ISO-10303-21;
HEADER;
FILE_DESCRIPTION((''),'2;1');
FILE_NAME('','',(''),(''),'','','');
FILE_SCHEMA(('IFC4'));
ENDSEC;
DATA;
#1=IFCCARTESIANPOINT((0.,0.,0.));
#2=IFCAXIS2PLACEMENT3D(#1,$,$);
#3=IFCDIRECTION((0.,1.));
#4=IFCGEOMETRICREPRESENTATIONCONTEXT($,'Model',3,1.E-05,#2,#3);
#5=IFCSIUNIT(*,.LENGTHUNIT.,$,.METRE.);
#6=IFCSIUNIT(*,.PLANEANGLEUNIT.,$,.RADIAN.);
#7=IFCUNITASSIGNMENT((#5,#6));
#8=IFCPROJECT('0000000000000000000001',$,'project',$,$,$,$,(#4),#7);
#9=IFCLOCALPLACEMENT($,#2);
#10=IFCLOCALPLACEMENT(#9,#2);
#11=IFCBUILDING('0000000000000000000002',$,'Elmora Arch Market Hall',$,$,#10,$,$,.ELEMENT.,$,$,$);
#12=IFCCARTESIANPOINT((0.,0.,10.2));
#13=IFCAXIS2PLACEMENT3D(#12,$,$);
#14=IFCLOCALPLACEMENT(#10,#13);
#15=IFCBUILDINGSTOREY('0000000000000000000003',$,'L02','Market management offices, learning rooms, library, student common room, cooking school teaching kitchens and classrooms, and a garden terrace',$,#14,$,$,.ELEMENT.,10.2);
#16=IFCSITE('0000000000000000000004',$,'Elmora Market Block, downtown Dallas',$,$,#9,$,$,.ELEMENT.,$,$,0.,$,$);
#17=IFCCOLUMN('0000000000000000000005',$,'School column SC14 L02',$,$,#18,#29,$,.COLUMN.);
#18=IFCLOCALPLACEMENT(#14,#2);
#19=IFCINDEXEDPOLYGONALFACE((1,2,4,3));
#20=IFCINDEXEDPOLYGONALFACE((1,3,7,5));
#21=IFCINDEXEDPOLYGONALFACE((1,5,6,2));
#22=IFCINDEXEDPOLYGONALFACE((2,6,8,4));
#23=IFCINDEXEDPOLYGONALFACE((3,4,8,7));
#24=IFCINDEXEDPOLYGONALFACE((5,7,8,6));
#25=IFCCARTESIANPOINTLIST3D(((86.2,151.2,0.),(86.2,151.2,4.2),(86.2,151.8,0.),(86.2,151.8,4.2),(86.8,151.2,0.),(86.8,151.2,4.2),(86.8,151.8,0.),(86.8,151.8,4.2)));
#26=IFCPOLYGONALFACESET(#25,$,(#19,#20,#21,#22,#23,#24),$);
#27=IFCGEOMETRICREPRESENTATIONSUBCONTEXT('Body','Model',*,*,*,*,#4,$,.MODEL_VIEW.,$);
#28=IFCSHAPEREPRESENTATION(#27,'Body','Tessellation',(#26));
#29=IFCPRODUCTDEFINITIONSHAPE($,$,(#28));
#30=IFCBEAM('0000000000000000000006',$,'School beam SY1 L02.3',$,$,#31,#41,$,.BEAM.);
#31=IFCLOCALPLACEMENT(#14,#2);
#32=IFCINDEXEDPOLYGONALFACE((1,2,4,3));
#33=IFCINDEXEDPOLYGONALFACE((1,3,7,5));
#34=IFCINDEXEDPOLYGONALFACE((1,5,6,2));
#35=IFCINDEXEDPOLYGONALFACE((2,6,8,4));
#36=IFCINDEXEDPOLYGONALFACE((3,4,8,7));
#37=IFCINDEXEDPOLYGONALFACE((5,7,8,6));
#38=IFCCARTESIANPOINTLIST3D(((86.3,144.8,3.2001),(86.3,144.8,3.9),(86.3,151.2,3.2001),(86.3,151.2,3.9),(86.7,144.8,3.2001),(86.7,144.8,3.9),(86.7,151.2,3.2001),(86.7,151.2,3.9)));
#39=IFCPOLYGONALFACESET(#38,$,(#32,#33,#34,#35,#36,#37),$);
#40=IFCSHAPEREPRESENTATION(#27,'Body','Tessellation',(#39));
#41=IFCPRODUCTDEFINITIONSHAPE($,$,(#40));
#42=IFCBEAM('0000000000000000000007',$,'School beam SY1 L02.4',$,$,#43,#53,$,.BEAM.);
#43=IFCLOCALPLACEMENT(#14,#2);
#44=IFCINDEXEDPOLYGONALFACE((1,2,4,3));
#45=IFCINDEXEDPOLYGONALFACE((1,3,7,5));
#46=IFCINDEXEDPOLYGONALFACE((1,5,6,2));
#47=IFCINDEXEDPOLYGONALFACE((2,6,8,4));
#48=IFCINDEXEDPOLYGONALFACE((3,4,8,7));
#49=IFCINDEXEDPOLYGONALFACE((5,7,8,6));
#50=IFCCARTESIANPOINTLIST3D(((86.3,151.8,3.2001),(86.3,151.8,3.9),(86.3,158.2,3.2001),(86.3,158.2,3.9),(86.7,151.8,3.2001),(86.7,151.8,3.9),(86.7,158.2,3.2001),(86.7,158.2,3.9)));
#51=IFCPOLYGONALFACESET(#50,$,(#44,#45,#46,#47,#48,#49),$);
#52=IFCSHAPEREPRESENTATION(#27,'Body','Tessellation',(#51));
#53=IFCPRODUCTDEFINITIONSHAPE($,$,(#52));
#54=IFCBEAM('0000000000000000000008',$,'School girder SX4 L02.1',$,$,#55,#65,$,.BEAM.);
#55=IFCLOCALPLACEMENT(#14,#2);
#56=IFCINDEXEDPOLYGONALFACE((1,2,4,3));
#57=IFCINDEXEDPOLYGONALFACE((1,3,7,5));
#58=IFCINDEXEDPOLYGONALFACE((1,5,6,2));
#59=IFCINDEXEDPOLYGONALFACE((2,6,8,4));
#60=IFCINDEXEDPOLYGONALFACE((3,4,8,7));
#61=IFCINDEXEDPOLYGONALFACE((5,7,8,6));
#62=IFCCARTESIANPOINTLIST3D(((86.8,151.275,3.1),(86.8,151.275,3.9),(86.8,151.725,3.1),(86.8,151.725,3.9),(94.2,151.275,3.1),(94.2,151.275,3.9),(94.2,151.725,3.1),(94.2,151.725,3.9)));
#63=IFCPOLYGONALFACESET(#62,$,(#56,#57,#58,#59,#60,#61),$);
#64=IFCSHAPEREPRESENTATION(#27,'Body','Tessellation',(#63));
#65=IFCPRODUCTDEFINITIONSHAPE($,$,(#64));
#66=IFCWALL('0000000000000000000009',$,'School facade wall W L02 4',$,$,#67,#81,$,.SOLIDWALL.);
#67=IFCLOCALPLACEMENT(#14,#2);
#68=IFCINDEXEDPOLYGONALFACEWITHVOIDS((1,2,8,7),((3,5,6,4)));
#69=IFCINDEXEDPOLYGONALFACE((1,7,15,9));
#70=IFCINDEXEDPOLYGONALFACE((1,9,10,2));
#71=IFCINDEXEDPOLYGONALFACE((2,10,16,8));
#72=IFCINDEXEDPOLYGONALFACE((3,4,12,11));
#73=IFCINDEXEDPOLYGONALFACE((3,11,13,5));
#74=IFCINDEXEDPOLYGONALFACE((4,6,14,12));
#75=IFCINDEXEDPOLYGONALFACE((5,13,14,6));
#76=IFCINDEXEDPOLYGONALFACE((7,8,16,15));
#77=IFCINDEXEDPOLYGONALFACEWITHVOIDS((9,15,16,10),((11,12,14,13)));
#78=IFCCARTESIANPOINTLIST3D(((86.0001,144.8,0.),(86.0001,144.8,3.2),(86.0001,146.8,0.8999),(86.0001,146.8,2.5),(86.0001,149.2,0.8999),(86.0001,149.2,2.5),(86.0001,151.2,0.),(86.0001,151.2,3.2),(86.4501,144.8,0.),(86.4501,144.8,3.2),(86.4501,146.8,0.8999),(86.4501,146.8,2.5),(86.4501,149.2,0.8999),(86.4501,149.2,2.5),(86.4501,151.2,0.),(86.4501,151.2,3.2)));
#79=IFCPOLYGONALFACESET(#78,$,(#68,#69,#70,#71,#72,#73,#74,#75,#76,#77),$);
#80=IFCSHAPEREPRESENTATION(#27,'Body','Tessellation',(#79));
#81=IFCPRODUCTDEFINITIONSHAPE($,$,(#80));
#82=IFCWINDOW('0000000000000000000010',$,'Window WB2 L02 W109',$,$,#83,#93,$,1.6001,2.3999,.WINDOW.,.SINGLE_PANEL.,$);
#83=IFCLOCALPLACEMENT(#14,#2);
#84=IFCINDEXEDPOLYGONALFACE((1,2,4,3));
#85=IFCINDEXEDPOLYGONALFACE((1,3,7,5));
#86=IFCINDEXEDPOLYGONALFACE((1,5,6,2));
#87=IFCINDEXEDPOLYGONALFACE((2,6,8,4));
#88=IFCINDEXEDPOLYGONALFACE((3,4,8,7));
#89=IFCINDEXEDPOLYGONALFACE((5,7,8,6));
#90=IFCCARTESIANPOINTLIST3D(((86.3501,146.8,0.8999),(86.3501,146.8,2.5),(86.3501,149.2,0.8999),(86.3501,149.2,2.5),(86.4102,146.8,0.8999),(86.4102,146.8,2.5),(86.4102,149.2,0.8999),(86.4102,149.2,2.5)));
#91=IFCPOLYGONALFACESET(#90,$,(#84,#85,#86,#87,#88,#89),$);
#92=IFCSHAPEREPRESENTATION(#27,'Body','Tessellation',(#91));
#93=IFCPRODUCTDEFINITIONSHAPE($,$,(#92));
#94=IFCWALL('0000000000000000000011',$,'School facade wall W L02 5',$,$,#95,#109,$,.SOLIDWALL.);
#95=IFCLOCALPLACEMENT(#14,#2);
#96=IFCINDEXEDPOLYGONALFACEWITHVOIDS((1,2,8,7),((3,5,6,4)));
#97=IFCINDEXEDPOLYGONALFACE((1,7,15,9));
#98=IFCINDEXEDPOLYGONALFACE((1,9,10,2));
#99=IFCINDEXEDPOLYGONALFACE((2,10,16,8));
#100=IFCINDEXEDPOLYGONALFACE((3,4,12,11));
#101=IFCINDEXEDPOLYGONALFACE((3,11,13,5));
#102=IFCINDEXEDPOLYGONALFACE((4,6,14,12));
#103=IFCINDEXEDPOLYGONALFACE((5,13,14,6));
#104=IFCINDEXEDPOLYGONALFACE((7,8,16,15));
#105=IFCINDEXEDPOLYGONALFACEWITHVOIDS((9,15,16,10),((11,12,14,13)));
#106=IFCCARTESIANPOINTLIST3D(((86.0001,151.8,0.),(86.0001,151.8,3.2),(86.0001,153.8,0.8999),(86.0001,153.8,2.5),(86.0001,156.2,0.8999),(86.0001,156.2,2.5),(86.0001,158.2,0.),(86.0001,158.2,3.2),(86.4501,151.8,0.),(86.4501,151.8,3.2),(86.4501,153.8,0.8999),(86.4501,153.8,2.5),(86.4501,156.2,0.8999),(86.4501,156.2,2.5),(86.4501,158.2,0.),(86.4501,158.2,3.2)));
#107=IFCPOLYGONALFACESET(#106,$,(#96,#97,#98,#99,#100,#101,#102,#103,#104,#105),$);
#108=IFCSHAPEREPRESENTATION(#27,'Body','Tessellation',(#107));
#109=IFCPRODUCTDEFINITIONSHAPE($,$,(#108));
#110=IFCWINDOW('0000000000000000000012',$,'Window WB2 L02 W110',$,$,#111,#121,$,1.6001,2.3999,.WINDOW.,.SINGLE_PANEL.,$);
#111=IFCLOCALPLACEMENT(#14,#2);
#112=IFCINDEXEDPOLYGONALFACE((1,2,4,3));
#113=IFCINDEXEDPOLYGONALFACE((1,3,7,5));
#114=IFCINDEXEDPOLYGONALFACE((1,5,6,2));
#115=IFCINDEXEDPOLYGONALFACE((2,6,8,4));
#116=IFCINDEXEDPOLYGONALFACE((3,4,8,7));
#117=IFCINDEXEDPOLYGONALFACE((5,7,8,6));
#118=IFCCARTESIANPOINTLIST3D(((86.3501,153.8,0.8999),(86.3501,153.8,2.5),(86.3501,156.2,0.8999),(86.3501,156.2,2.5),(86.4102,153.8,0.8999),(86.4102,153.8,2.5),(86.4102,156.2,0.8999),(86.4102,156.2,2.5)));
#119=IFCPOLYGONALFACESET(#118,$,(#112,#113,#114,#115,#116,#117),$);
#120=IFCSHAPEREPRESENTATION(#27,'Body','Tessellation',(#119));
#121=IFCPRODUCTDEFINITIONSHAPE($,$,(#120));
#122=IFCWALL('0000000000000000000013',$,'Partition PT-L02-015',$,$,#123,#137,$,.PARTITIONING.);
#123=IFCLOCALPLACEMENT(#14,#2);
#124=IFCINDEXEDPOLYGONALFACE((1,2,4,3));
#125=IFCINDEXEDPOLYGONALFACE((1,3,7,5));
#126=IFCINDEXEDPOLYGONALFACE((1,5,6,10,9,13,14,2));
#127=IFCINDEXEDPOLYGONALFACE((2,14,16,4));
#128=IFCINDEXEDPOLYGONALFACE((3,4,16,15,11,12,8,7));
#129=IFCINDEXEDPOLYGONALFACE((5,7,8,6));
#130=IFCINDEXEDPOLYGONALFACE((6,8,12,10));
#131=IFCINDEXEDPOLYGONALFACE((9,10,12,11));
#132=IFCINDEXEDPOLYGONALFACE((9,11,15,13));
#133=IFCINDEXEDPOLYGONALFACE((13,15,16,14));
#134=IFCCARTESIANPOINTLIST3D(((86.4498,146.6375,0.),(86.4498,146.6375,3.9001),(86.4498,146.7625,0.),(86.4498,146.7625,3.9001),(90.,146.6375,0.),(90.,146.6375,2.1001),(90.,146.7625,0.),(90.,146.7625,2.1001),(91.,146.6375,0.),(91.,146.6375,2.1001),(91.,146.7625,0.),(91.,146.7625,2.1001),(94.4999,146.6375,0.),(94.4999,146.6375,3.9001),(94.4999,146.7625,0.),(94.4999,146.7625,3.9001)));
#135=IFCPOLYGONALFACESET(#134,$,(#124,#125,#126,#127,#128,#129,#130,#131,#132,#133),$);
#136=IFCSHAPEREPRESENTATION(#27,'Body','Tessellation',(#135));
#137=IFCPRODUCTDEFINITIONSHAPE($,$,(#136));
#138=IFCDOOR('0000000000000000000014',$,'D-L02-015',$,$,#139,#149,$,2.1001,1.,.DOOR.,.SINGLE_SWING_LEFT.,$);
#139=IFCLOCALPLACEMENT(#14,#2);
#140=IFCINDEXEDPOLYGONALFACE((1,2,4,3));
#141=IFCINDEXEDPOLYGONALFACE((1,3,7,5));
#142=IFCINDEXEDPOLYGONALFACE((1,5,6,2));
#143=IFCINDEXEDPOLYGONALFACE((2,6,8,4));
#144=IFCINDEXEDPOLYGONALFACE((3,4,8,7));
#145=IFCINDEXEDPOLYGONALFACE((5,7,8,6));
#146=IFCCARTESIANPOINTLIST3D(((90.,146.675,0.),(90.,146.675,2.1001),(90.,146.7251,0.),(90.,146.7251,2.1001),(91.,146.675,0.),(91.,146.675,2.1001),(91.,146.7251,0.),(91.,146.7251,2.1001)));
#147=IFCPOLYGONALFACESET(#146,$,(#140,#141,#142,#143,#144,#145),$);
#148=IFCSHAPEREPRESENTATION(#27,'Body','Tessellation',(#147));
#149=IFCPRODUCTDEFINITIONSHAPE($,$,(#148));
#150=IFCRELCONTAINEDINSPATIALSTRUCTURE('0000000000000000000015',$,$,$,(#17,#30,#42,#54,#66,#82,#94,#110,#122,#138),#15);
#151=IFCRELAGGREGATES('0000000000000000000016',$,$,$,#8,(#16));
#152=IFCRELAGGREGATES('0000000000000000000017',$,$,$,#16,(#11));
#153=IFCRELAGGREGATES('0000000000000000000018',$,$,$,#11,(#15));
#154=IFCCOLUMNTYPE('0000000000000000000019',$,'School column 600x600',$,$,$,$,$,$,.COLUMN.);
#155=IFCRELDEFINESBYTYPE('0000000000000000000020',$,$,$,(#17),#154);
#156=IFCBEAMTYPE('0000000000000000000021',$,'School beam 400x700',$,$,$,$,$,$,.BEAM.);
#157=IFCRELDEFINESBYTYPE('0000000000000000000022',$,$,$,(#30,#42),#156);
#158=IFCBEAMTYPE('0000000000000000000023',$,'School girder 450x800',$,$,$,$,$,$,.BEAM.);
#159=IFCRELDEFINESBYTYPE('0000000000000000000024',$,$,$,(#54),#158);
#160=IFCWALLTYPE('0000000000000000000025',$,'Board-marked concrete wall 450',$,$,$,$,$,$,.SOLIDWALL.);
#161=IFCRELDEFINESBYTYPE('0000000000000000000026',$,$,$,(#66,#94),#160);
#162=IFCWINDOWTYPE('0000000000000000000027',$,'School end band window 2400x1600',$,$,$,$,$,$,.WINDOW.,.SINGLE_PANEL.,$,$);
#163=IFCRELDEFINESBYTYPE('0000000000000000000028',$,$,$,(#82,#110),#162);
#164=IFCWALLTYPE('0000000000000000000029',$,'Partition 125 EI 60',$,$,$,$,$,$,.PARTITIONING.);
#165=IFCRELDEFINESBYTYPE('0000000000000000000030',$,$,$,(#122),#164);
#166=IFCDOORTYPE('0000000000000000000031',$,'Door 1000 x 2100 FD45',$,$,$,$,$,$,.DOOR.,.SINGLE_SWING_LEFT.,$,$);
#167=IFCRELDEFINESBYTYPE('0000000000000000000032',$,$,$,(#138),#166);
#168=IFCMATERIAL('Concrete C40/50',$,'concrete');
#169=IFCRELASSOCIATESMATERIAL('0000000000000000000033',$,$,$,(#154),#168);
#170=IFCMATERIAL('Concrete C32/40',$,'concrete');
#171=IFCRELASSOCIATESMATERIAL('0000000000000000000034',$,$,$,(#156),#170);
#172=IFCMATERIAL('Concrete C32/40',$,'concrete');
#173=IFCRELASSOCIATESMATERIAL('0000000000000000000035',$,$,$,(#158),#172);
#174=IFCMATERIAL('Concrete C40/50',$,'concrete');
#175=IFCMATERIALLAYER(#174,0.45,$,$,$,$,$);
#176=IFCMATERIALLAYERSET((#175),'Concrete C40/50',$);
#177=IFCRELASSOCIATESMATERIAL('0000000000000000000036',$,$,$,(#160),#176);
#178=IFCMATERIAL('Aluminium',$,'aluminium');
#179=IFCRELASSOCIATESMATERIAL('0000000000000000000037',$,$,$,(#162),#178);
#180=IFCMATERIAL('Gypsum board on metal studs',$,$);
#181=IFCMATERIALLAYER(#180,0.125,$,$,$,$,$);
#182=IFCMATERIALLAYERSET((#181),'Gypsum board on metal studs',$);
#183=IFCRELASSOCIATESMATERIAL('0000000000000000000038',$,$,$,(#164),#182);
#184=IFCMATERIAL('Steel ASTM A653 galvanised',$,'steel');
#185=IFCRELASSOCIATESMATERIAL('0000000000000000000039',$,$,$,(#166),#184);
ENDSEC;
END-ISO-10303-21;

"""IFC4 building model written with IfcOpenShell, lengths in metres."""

from ifc_helpers import new_model, si_unit, direction, frame, frame_2d, origin, origin_2d, place, context, subcontext, project, spatial, rectangle, extrude, material, layer, layer_set, material_profile, profile_set, type_object, element, fill, save


model = new_model("IFC4")

# Units and contexts
model_context = context("Model", 3, precision=1e-05, world=origin(), true_north=direction((0.0, 1.0)))
body_context = subcontext(model_context, "Body", "Model", "MODEL_VIEW")
ifc_project = project(units=[si_unit("LENGTHUNIT", "METRE"), si_unit("PLANEANGLEUNIT", "RADIAN")], contexts=[model_context])

# Site, building, storey
site_placement = place(None, origin())
site = spatial("IfcSite", under=ifc_project, at=site_placement, Name="Elmora Market Block, downtown Dallas", CompositionType="ELEMENT", RefElevation=0.0)
building_placement = place(site_placement, origin())
building = spatial("IfcBuilding", under=site, at=building_placement, Name="Elmora Arch Market Hall", CompositionType="ELEMENT")
storey_placement = place(building_placement, frame((0.0, 0.0, 10.2)))
storey = spatial("IfcBuildingStorey", under=building, at=storey_placement, Name="L02", Description="Market management offices, learning rooms, library, student common room, cooking school teaching kitchens and classrooms, and a garden terrace", CompositionType="ELEMENT", Elevation=10.2)

# Column
ifc_material_1 = material(Name="Concrete C40/50", Category="concrete")
ifc_material_profile_1 = material_profile(ifc_material_1, rectangle(XDim=0.6001, YDim=0.6001, at=origin_2d()), Name="School column 600x600")
ifc_profile_set_1 = profile_set([ifc_material_profile_1], Name="Concrete C40/50")
column_type = type_object("IfcColumnType", Name="School column 600x600", PredefinedType="COLUMN", material=ifc_profile_set_1)
column_placement = place(storey_placement, frame((86.5, 151.5, 0.0), z_axis=(0.0, 0.0, 1.0), x_axis=(1.0, 0.0, 0.0)))
element("IfcColumn", 1, at=column_placement, inside=storey, type_object=column_type, Name="School column SC14 L02", PredefinedType="COLUMN", context=body_context, shape_type="SweptSolid", body=[
    extrude(rectangle(XDim=0.6001, YDim=0.6001, at=origin_2d()), origin(), (0.0, 0.0, 1.0), 4.2),
])

# Beams
ifc_material_2 = material(Name="Concrete C32/40", Category="concrete")
ifc_material_profile_2 = material_profile(ifc_material_2, rectangle(XDim=0.3999, YDim=0.7, at=origin_2d()), Name="School beam 400x700")
ifc_profile_set_2 = profile_set([ifc_material_profile_2], Name="Concrete C32/40")
beam_type_1 = type_object("IfcBeamType", Name="School beam 400x700", PredefinedType="BEAM", material=ifc_profile_set_2)
for number, where, z_axis, x_axis, name in (
    (2, (86.5, 144.8, 3.55), (0.0, 1.0, 0.0), (-1.0, 0.0, 0.0), "School beam SY1 L02.3"),
    (3, (86.5, 151.8, 3.55), (0.0, 1.0, 0.0), (-1.0, 0.0, 0.0), "School beam SY1 L02.4"),
):
    element("IfcBeam", number, at=place(storey_placement, frame(where, z_axis=z_axis, x_axis=x_axis)), inside=storey, type_object=beam_type_1, Name=name, PredefinedType="BEAM", context=body_context, shape_type="SweptSolid", body=[
        extrude(rectangle(XDim=0.3999, YDim=0.7, at=origin_2d()), origin(), (0.0, 0.0, 1.0), 6.3999),
    ])
ifc_material_3 = material(Name="Concrete C32/40", Category="concrete")
ifc_material_profile_3 = material_profile(ifc_material_3, rectangle(XDim=0.45, YDim=0.8, at=origin_2d()), Name="School girder 450x800")
ifc_profile_set_3 = profile_set([ifc_material_profile_3], Name="Concrete C32/40")
beam_type_2 = type_object("IfcBeamType", Name="School girder 450x800", PredefinedType="BEAM", material=ifc_profile_set_3)
beam_placement = place(storey_placement, frame((86.8, 151.5, 3.5), z_axis=(1.0, 0.0, 0.0), x_axis=(0.0, 1.0, 0.0)))
element("IfcBeam", 4, at=beam_placement, inside=storey, type_object=beam_type_2, Name="School girder SX4 L02.1", PredefinedType="BEAM", context=body_context, shape_type="SweptSolid", body=[
    extrude(rectangle(XDim=0.45, YDim=0.8, at=origin_2d()), origin(), (0.0, 0.0, 1.0), 7.3999),
])

# Walls, openings, windows
ifc_material_4 = material(Name="Concrete C40/50", Category="concrete")
ifc_layer_1 = layer(ifc_material_4, 0.45)
ifc_layer_set_1 = layer_set([ifc_layer_1], Name="Concrete C40/50")
wall_type_1 = type_object("IfcWallType", Name="Board-marked concrete wall 450", PredefinedType="SOLIDWALL", material=ifc_layer_set_1)
wall_1_placement = place(storey_placement, frame((86.2251, 144.8, 0.0), z_axis=(0.0, 0.0, 1.0), x_axis=(0.0, 1.0, 0.0)))
wall_1 = element("IfcWall", 5, at=wall_1_placement, inside=storey, type_object=wall_type_1, Name="School facade wall W L02 4", PredefinedType="SOLIDWALL", context=body_context, shape_type="SweptSolid", body=[
    extrude(rectangle(XDim=6.3999, YDim=0.45, at=frame_2d((3.2, 0.0))), origin(), (0.0, 0.0, 1.0), 3.2),
])
opening_1_placement = place(wall_1_placement, frame((2.0, 0.0, 0.8999)))
opening_1 = element("IfcOpeningElement", 6, at=opening_1_placement, cuts=wall_1, PredefinedType="OPENING", context=body_context, shape_type="SweptSolid", body=[
    extrude(rectangle(XDim=2.3999, YDim=1.6001, at=frame_2d((1.2, 0.8))), frame((0.0, 0.2349, 0.0), z_axis=(0.0, -1.0, 0.0), x_axis=(1.0, 0.0, 0.0)), (0.0, 0.0, 1.0), 0.47),
])
ifc_material_5 = material(Name="Aluminium", Category="aluminium")
window_type = type_object("IfcWindowType", Name="School end band window 2400x1600", PartitioningType="SINGLE_PANEL", PredefinedType="WINDOW", material=ifc_material_5)
window_1_placement = place(opening_1_placement, origin())
window_1 = element("IfcWindow", 7, at=window_1_placement, inside=storey, type_object=window_type, Name="Window WB2 L02 W109", OverallHeight=1.6001, OverallWidth=2.3999, PartitioningType="SINGLE_PANEL", PredefinedType="WINDOW", context=body_context, shape_type="SweptSolid", body=[
    extrude(rectangle(XDim=2.3999, YDim=1.6001, at=frame_2d((1.2, 0.8))), frame((0.0, -0.125, 0.0), z_axis=(0.0, -1.0, 0.0), x_axis=(1.0, 0.0, 0.0)), (0.0, 0.0, 1.0), 0.0601),
])
fill(opening_1, window_1)
wall_2_placement = place(storey_placement, frame((86.2251, 151.8, 0.0), z_axis=(0.0, 0.0, 1.0), x_axis=(0.0, 1.0, 0.0)))
wall_2 = element("IfcWall", 8, at=wall_2_placement, inside=storey, type_object=wall_type_1, Name="School facade wall W L02 5", PredefinedType="SOLIDWALL", context=body_context, shape_type="SweptSolid", body=[
    extrude(rectangle(XDim=6.3999, YDim=0.45, at=frame_2d((3.2, 0.0))), origin(), (0.0, 0.0, 1.0), 3.2),
])
opening_2_placement = place(wall_2_placement, frame((2.0, 0.0, 0.8999)))
opening_2 = element("IfcOpeningElement", 9, at=opening_2_placement, cuts=wall_2, PredefinedType="OPENING", context=body_context, shape_type="SweptSolid", body=[
    extrude(rectangle(XDim=2.3999, YDim=1.6001, at=frame_2d((1.2, 0.8))), frame((0.0, 0.2349, 0.0), z_axis=(0.0, -1.0, 0.0), x_axis=(1.0, 0.0, 0.0)), (0.0, 0.0, 1.0), 0.47),
])
window_2_placement = place(opening_2_placement, origin())
window_2 = element("IfcWindow", 10, at=window_2_placement, inside=storey, type_object=window_type, Name="Window WB2 L02 W110", OverallHeight=1.6001, OverallWidth=2.3999, PartitioningType="SINGLE_PANEL", PredefinedType="WINDOW", context=body_context, shape_type="SweptSolid", body=[
    extrude(rectangle(XDim=2.3999, YDim=1.6001, at=frame_2d((1.2, 0.8))), frame((0.0, -0.125, 0.0), z_axis=(0.0, -1.0, 0.0), x_axis=(1.0, 0.0, 0.0)), (0.0, 0.0, 1.0), 0.0601),
])
fill(opening_2, window_2)

# Wall, opening, door
ifc_material_6 = material(Name="Gypsum board on metal studs")
ifc_layer_2 = layer(ifc_material_6, 0.125)
ifc_layer_set_2 = layer_set([ifc_layer_2], Name="Gypsum board on metal studs")
wall_type_2 = type_object("IfcWallType", Name="Partition 125 EI 60", PredefinedType="PARTITIONING", material=ifc_layer_set_2)
wall_3_placement = place(storey_placement, frame((86.45, 146.7, 0.0), z_axis=(0.0, 0.0, 1.0), x_axis=(1.0, 0.0, 0.0)))
wall_3 = element("IfcWall", 11, at=wall_3_placement, inside=storey, type_object=wall_type_2, Name="Partition PT-L02-015", PredefinedType="PARTITIONING", context=body_context, shape_type="SweptSolid", body=[
    extrude(rectangle(XDim=8.05, YDim=0.125, at=frame_2d((4.0249, 0.0))), origin(), (0.0, 0.0, 1.0), 3.9001),
])
opening_3_placement = place(wall_3_placement, frame((3.55, 0.0, 0.0)))
opening_3 = element("IfcOpeningElement", 12, at=opening_3_placement, cuts=wall_3, PredefinedType="OPENING", context=body_context, shape_type="SweptSolid", body=[
    extrude(rectangle(XDim=1.0, YDim=2.1001, at=frame_2d((0.5, 1.05))), frame((0.0, 0.0725, 0.0), z_axis=(0.0, -1.0, 0.0), x_axis=(1.0, 0.0, 0.0)), (0.0, 0.0, 1.0), 0.145),
])
ifc_material_7 = material(Name="Steel ASTM A653 galvanised", Category="steel")
door_type = type_object("IfcDoorType", Name="Door 1000 x 2100 FD45", OperationType="SINGLE_SWING_LEFT", PredefinedType="DOOR", material=ifc_material_7)
door_1_placement = place(opening_3_placement, frame((1.0, 0.0, 0.0), z_axis=(0.0, 0.0, 1.0), x_axis=(-1.0, 0.0, 0.0)))
door_1 = element("IfcDoor", 13, at=door_1_placement, inside=storey, type_object=door_type, Name="D-L02-015", OperationType="SINGLE_SWING_LEFT", OverallHeight=2.1001, OverallWidth=1.0, PredefinedType="DOOR", context=body_context, shape_type="SweptSolid", body=[
    extrude(rectangle(XDim=1.0, YDim=2.1001, at=frame_2d((0.5, 1.05))), frame((0.0, 0.0249, 0.0), z_axis=(0.0, -1.0, 0.0), x_axis=(1.0, 0.0, 0.0)), (0.0, 0.0, 1.0), 0.05),
])
fill(opening_3, door_1)

save(model, "model.ifc")
